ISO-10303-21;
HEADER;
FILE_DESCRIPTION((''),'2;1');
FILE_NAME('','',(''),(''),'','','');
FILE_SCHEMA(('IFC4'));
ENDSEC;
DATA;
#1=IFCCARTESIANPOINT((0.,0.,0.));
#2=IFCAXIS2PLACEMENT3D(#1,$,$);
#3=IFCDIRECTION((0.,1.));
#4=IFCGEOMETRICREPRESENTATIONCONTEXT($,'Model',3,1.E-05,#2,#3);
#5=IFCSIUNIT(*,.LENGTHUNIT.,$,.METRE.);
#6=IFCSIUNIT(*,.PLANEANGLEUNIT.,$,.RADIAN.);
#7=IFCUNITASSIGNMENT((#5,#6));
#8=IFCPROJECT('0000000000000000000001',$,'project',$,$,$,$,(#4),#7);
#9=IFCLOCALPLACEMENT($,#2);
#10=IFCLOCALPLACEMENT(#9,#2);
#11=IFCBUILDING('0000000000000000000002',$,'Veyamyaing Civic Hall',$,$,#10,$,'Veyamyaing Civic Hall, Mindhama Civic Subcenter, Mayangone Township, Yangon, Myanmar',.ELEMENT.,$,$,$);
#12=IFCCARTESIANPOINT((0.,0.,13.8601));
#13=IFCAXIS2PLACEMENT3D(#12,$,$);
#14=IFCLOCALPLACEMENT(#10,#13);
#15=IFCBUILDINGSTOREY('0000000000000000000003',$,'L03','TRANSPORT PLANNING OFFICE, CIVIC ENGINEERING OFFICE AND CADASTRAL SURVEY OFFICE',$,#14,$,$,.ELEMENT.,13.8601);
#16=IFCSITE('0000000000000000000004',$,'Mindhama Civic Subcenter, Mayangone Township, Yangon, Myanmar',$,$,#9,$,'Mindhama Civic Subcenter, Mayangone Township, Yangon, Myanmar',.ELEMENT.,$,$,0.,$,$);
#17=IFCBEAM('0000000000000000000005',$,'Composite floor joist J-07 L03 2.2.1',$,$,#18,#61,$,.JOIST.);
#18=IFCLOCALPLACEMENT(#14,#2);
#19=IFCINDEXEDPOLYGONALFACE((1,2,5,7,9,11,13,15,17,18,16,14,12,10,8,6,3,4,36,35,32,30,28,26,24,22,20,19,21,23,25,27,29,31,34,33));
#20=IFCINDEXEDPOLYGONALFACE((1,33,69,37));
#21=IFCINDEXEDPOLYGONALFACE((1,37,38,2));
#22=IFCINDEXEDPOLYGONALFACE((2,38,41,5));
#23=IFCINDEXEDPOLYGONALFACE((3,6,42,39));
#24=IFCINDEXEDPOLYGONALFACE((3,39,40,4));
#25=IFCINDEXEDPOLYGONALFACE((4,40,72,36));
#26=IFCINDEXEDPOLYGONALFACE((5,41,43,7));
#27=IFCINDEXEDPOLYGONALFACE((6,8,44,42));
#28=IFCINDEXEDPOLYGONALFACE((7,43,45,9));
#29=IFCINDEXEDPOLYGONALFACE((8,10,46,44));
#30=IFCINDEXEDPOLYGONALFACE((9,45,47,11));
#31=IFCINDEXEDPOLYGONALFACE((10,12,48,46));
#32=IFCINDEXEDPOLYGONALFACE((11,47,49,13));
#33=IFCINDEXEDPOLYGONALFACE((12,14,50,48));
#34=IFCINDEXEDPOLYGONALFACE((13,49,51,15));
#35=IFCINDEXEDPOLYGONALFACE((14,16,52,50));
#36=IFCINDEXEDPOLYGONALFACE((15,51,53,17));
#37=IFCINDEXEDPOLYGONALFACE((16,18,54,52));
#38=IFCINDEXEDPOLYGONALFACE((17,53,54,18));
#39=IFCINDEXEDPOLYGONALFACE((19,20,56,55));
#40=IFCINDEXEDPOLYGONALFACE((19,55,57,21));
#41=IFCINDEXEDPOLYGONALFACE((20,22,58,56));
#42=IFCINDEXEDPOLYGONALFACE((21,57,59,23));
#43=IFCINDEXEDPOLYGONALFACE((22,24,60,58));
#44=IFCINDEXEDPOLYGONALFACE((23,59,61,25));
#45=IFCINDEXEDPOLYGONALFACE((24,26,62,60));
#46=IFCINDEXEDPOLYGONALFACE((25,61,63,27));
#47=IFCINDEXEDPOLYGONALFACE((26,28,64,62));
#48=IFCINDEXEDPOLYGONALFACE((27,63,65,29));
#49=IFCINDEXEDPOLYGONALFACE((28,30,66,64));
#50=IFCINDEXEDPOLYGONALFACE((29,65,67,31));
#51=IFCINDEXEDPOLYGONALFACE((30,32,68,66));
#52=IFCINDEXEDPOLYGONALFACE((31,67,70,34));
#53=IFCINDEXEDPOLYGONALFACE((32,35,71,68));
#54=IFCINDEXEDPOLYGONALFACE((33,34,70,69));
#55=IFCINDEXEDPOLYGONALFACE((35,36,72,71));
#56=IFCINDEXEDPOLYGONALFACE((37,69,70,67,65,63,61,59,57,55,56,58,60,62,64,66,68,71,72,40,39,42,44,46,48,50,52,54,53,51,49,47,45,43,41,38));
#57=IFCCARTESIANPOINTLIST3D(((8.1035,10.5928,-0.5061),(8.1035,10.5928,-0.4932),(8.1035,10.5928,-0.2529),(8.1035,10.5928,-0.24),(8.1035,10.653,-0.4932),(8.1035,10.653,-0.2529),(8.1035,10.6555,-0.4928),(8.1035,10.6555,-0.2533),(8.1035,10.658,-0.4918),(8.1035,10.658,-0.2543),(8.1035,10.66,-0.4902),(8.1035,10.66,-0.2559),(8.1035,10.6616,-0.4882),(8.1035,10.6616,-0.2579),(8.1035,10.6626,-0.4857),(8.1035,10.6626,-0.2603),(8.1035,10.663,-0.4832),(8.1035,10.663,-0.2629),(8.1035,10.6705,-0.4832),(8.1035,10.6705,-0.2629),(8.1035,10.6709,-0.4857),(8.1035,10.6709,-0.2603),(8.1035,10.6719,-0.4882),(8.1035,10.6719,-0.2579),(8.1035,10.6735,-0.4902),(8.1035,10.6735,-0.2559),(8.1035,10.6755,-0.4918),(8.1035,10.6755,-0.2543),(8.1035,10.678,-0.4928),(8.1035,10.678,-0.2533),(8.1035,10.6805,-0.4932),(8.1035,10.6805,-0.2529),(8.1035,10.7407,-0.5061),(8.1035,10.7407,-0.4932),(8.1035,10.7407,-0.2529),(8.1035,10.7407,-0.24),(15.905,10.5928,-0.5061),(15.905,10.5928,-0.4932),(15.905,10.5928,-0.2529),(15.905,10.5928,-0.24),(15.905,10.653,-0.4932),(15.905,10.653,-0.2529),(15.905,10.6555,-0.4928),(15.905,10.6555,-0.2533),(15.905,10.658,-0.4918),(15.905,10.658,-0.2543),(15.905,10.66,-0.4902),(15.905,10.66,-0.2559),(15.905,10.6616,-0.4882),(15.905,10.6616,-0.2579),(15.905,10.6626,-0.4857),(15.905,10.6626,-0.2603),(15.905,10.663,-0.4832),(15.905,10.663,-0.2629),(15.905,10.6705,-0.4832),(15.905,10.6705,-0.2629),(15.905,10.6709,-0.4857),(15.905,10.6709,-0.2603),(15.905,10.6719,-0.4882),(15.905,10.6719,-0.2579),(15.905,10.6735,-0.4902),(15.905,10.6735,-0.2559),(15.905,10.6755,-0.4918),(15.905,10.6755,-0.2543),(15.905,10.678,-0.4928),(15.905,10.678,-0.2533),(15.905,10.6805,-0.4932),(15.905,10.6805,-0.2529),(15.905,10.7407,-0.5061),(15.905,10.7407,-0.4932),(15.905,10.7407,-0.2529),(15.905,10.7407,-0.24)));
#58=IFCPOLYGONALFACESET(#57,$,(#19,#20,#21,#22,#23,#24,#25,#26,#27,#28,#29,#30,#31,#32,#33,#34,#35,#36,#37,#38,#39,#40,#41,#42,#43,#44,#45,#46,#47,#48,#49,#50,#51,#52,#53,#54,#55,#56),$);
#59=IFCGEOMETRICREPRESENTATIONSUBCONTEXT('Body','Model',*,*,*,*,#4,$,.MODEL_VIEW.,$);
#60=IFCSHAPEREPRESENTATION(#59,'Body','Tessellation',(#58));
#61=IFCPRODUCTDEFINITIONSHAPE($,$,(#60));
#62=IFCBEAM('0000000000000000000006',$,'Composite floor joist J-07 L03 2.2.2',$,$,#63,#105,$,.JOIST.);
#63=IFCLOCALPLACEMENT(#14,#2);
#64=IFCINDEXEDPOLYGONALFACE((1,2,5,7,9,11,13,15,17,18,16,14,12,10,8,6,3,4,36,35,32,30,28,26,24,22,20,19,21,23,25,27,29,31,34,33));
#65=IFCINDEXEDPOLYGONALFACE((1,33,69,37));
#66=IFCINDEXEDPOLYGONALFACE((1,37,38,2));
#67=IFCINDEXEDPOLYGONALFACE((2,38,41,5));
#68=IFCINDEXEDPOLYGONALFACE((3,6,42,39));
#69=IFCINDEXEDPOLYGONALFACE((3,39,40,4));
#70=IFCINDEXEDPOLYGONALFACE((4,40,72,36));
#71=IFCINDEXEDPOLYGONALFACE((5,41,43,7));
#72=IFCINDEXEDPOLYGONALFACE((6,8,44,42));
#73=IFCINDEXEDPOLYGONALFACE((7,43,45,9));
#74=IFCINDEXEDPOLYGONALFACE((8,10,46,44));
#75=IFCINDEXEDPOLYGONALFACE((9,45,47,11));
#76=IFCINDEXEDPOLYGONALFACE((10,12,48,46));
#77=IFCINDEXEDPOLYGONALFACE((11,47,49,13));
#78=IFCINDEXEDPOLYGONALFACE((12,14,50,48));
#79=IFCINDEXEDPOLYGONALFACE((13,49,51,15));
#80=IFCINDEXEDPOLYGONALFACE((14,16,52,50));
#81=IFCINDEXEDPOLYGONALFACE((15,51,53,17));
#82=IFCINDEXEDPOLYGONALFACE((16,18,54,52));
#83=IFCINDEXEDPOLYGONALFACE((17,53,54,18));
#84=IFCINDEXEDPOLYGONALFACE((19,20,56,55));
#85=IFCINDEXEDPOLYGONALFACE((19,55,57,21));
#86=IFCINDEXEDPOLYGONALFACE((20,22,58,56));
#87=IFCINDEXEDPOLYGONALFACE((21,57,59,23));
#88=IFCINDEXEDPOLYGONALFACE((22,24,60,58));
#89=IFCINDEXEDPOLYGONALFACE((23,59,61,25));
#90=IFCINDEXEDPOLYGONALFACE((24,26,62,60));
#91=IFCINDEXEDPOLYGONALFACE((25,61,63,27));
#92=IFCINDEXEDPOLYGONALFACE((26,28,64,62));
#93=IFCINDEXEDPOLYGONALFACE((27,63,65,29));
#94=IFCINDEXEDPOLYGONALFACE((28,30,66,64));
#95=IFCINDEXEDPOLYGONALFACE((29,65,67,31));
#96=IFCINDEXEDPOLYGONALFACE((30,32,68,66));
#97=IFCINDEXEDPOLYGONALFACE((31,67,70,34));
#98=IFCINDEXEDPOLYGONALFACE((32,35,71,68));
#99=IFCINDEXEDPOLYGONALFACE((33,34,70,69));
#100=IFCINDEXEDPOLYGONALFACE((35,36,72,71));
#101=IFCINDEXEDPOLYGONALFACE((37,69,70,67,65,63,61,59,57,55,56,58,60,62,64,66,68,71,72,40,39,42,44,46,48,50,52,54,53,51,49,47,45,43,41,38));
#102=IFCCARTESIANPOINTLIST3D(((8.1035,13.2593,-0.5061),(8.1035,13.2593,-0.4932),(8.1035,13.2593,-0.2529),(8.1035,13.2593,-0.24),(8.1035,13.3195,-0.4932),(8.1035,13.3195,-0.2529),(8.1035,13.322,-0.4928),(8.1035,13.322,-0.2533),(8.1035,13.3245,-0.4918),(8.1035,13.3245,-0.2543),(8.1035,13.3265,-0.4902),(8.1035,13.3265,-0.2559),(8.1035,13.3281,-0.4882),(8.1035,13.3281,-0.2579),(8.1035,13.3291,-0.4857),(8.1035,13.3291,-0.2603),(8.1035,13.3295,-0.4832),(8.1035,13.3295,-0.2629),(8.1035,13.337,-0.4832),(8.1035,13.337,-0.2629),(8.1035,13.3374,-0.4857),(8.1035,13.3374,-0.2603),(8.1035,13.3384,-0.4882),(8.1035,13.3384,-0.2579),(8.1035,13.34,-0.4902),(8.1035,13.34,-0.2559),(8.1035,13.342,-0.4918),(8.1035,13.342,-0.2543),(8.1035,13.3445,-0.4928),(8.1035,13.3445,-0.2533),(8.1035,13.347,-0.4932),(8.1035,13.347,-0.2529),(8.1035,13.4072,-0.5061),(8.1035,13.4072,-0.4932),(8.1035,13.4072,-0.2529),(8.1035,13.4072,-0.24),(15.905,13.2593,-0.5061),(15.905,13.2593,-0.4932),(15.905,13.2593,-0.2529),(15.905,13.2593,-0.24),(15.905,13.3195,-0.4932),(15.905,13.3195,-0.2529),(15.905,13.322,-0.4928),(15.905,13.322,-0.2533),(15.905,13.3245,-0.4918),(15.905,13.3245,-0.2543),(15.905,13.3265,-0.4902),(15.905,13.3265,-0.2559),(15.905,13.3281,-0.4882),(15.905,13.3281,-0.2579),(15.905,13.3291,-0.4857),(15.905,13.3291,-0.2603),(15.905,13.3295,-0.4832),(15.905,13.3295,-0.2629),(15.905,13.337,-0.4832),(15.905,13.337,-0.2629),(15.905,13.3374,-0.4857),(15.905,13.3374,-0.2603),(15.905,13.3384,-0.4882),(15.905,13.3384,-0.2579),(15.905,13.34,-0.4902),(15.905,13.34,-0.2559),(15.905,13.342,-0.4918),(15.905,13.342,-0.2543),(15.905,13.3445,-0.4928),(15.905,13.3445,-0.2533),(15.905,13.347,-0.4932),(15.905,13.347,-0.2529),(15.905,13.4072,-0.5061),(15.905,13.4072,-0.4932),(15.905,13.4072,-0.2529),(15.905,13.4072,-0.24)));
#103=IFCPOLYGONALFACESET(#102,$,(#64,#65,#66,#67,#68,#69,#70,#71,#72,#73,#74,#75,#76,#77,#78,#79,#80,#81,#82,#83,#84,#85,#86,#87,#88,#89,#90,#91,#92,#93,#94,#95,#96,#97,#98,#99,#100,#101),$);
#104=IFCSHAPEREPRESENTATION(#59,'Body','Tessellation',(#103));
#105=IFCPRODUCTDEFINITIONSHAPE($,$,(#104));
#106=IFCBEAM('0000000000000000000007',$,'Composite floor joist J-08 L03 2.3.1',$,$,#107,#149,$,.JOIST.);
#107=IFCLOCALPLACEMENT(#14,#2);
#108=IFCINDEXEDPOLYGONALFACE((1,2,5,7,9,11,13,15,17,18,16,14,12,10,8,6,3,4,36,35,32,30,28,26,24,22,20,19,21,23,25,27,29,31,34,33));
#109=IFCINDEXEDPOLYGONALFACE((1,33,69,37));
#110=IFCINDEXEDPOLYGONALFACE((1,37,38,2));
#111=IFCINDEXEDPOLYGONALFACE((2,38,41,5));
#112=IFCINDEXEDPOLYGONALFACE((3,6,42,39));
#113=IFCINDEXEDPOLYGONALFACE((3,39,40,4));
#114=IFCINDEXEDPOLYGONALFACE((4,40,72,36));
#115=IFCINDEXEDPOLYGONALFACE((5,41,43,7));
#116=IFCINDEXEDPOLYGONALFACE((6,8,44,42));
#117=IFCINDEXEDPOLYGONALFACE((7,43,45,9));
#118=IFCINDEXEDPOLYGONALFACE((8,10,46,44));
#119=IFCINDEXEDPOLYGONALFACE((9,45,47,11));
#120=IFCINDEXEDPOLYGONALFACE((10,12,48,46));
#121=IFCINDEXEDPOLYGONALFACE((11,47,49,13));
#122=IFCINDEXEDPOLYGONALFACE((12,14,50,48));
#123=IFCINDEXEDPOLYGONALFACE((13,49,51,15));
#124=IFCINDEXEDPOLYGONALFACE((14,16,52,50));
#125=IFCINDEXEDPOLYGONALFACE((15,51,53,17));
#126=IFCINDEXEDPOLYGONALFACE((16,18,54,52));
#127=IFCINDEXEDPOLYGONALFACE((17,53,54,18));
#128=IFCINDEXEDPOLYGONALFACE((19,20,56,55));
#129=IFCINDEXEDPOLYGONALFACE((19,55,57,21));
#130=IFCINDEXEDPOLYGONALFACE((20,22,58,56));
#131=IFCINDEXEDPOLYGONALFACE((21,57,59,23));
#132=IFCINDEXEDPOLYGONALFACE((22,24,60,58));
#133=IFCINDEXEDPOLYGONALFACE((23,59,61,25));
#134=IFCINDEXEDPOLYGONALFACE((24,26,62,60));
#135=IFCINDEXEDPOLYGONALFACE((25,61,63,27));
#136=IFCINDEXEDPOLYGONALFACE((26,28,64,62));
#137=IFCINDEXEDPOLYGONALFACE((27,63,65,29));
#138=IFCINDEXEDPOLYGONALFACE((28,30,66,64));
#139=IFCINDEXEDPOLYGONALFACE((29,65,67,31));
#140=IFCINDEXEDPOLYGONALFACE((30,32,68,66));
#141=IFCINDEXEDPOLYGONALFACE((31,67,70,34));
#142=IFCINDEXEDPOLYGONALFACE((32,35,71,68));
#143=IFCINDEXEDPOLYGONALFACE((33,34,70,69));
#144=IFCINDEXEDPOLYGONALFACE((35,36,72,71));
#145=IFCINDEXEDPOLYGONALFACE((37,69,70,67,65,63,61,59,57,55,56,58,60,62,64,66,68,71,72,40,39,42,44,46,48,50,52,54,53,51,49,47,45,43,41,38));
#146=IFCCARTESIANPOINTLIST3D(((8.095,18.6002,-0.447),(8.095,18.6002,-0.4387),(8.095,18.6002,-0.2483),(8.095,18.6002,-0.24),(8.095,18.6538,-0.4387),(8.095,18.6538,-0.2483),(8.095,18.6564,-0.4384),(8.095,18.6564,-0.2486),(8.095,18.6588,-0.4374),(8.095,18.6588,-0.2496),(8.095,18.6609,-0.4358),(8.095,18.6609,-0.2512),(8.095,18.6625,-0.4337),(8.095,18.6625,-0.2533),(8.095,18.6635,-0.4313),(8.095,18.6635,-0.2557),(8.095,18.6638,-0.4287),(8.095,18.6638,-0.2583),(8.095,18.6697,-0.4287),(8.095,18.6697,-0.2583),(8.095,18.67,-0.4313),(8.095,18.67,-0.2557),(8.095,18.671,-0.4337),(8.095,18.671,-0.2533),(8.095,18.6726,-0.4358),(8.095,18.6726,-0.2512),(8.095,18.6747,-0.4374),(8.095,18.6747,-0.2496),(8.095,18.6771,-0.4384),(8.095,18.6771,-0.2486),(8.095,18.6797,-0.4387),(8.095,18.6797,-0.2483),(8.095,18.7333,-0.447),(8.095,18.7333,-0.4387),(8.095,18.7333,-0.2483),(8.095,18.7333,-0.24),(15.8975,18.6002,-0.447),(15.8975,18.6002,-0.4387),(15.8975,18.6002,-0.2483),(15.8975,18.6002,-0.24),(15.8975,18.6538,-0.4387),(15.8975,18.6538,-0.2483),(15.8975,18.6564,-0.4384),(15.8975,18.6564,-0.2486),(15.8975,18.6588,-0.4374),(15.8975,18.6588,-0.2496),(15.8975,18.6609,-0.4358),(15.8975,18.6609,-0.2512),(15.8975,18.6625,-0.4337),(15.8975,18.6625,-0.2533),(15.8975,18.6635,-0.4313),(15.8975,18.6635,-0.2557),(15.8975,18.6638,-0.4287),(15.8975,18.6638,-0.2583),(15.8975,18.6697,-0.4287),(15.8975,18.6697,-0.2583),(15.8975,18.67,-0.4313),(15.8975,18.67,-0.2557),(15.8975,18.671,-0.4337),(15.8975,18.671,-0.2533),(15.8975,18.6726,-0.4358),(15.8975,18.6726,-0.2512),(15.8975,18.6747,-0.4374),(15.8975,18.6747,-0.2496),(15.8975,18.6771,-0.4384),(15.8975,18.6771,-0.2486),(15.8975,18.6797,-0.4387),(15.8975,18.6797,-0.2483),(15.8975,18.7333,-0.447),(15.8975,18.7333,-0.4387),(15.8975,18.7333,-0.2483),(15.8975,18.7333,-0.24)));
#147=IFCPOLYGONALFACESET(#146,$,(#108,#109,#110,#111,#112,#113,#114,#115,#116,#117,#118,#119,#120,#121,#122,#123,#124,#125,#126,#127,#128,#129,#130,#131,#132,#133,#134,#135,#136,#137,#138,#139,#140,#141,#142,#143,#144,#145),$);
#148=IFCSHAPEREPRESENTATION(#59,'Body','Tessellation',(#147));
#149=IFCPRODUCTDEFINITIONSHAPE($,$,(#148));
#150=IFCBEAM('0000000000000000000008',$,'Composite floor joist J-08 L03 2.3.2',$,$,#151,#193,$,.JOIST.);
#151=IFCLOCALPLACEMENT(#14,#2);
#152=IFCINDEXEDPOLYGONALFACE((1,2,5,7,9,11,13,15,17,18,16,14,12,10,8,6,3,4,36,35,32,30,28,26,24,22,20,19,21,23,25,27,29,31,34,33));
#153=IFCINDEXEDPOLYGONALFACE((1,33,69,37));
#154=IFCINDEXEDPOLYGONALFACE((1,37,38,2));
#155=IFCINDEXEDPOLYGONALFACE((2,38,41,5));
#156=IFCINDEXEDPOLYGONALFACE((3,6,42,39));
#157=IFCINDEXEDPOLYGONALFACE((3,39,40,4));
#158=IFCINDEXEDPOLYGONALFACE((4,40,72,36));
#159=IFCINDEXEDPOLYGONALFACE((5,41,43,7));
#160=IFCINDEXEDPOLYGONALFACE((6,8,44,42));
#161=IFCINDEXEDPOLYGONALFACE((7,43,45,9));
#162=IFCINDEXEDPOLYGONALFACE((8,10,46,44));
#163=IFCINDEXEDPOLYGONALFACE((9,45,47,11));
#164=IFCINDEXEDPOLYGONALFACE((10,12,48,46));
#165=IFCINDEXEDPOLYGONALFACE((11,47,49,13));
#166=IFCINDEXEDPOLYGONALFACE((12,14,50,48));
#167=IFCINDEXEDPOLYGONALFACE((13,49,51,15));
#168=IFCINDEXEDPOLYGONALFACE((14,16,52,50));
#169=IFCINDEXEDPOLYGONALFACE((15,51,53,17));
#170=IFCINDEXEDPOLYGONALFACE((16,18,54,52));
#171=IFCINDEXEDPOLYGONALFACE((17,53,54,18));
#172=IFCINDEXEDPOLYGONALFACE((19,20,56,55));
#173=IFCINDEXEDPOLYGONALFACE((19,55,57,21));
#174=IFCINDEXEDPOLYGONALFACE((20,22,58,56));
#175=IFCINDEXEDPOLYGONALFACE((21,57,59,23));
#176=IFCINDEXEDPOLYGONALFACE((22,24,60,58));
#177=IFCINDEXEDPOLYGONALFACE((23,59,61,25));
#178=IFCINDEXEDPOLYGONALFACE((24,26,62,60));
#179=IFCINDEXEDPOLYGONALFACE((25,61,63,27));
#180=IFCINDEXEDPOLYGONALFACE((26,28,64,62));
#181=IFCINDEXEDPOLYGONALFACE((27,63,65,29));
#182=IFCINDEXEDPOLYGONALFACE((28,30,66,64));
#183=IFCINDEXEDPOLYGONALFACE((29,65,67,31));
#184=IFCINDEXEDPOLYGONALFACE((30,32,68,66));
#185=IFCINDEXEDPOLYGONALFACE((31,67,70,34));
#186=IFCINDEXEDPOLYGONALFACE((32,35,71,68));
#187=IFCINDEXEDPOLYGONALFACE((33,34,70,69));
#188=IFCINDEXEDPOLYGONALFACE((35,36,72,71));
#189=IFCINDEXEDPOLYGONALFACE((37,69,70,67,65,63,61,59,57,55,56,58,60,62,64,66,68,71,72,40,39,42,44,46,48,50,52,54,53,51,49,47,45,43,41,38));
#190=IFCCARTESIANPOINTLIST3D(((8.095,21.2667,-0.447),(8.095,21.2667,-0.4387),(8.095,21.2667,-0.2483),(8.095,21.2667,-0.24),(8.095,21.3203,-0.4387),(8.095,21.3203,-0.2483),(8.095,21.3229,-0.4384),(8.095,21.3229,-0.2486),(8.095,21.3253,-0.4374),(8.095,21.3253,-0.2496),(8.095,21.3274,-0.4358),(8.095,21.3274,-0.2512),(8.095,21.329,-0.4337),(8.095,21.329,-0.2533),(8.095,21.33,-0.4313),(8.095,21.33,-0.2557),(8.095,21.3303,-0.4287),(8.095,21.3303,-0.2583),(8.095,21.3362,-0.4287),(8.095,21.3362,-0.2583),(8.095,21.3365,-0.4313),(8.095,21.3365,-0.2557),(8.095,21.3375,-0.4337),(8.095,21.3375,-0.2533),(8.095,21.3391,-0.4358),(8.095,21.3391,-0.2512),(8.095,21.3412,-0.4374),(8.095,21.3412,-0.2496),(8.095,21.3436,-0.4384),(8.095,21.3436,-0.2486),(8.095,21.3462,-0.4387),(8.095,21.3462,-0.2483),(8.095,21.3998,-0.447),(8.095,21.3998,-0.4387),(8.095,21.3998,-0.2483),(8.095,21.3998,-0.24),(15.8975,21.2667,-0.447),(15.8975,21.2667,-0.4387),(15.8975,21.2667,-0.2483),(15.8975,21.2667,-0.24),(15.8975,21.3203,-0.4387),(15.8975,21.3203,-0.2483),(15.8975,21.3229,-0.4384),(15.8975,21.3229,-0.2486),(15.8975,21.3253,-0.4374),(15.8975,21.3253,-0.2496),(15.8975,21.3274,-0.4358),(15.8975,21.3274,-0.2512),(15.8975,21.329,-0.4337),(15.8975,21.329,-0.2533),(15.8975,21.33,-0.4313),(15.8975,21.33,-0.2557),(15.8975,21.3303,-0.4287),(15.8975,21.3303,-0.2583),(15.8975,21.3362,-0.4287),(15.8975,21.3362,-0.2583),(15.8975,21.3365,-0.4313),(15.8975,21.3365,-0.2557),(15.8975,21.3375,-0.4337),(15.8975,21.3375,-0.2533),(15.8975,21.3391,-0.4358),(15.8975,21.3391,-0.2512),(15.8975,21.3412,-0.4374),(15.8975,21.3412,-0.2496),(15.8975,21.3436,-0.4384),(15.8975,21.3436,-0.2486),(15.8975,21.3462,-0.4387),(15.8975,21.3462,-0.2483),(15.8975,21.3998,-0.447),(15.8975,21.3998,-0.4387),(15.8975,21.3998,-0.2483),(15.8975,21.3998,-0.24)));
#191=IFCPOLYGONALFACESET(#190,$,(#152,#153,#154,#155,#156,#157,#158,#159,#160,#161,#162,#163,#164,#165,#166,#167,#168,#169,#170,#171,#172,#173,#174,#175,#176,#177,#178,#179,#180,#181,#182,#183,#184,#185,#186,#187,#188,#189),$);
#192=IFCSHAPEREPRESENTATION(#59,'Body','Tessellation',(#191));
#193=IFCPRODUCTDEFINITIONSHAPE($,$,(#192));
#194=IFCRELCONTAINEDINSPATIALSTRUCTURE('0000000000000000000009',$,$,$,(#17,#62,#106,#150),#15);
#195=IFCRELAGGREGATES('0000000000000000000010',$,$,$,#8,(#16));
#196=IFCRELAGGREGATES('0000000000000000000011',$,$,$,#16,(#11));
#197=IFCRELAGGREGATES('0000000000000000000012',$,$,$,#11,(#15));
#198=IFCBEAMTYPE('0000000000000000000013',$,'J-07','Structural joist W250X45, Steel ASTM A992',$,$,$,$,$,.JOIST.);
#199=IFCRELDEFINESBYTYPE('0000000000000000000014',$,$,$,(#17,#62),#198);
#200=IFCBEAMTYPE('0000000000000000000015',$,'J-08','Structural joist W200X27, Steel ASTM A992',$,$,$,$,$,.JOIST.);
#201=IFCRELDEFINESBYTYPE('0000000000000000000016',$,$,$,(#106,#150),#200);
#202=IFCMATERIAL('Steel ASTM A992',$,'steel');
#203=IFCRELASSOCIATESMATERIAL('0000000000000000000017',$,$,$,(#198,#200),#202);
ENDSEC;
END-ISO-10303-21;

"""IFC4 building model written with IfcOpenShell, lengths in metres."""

from ifc_helpers import new_model, si_unit, direction, frame, origin, origin_2d, place, context, subcontext, project, spatial, i_section, extrude, material, material_profile, profile_set, type_object, element, save


model = new_model("IFC4")

# Units and contexts
model_context = context("Model", 3, precision=1e-05, world=origin(), true_north=direction((0.0, 1.0)))
body_context = subcontext(model_context, "Body", "Model", "MODEL_VIEW")
ifc_project = project(units=[si_unit("LENGTHUNIT", "METRE"), si_unit("PLANEANGLEUNIT", "RADIAN")], contexts=[model_context])

# Site, building, storey
site_placement = place(None, origin())
site = spatial("IfcSite", under=ifc_project, at=site_placement, Name="Mindhama Civic Subcenter, Mayangone Township, Yangon, Myanmar", LongName="Mindhama Civic Subcenter, Mayangone Township, Yangon, Myanmar", CompositionType="ELEMENT", RefElevation=0.0)
building_placement = place(site_placement, origin())
building = spatial("IfcBuilding", under=site, at=building_placement, Name="Veyamyaing Civic Hall", LongName="Veyamyaing Civic Hall, Mindhama Civic Subcenter, Mayangone Township, Yangon, Myanmar", CompositionType="ELEMENT")
storey_placement = place(building_placement, frame((0.0, 0.0, 13.8601)))
storey = spatial("IfcBuildingStorey", under=building, at=storey_placement, Name="L03", Description="TRANSPORT PLANNING OFFICE, CIVIC ENGINEERING OFFICE AND CADASTRAL SURVEY OFFICE", CompositionType="ELEMENT", Elevation=13.8601)

# Beams
ifc_material_1 = material(Name="Steel ASTM A992", Category="steel")
ifc_material_profile_1 = material_profile(ifc_material_1, i_section(OverallWidth=0.1479, OverallDepth=0.2661, WebThickness=0.0076, FlangeThickness=0.0129, FilletRadius=0.01, at=origin_2d()), Name="W250X45")
ifc_profile_set_1 = profile_set([ifc_material_profile_1], Name="Steel ASTM A992")
beam_type_1 = type_object("IfcBeamType", Name="J-07", Description="Structural joist W250X45, Steel ASTM A992", PredefinedType="JOIST", material=ifc_profile_set_1)
for number, where, z_axis, x_axis, name in (
    (1, (8.1035, 10.6667, -0.373), (1.0, 0.0, 0.0), (0.0, 1.0, 0.0), "Composite floor joist J-07 L03 2.2.1"),
    (2, (8.1035, 13.3333, -0.373), (1.0, 0.0, 0.0), (0.0, 1.0, 0.0), "Composite floor joist J-07 L03 2.2.2"),
):
    element("IfcBeam", number, at=place(storey_placement, frame(where, z_axis=z_axis, x_axis=x_axis)), inside=storey, type_object=beam_type_1, Name=name, PredefinedType="JOIST", context=body_context, shape_type="SweptSolid", body=[
        extrude(i_section(OverallWidth=0.1479, OverallDepth=0.2661, WebThickness=0.0076, FlangeThickness=0.0129, FilletRadius=0.01, at=origin_2d()), origin(), (0.0, 0.0, 1.0), 7.8015),
    ])
ifc_material_profile_2 = material_profile(ifc_material_1, i_section(OverallWidth=0.1331, OverallDepth=0.207, WebThickness=0.0059, FlangeThickness=0.0083, FilletRadius=0.01, at=origin_2d()), Name="W200X27")
ifc_profile_set_2 = profile_set([ifc_material_profile_2], Name="Steel ASTM A992")
beam_type_2 = type_object("IfcBeamType", Name="J-08", Description="Structural joist W200X27, Steel ASTM A992", PredefinedType="JOIST", material=ifc_profile_set_2)
for number, where, z_axis, x_axis, name in (
    (3, (8.095, 18.6667, -0.3435), (1.0, 0.0, 0.0), (0.0, 1.0, 0.0), "Composite floor joist J-08 L03 2.3.1"),
    (4, (8.095, 21.3333, -0.3435), (1.0, 0.0, 0.0), (0.0, 1.0, 0.0), "Composite floor joist J-08 L03 2.3.2"),
):
    element("IfcBeam", number, at=place(storey_placement, frame(where, z_axis=z_axis, x_axis=x_axis)), inside=storey, type_object=beam_type_2, Name=name, PredefinedType="JOIST", context=body_context, shape_type="SweptSolid", body=[
        extrude(i_section(OverallWidth=0.1331, OverallDepth=0.207, WebThickness=0.0059, FlangeThickness=0.0083, FilletRadius=0.01, at=origin_2d()), origin(), (0.0, 0.0, 1.0), 7.8025),
    ])

save(model, "model.ifc")
